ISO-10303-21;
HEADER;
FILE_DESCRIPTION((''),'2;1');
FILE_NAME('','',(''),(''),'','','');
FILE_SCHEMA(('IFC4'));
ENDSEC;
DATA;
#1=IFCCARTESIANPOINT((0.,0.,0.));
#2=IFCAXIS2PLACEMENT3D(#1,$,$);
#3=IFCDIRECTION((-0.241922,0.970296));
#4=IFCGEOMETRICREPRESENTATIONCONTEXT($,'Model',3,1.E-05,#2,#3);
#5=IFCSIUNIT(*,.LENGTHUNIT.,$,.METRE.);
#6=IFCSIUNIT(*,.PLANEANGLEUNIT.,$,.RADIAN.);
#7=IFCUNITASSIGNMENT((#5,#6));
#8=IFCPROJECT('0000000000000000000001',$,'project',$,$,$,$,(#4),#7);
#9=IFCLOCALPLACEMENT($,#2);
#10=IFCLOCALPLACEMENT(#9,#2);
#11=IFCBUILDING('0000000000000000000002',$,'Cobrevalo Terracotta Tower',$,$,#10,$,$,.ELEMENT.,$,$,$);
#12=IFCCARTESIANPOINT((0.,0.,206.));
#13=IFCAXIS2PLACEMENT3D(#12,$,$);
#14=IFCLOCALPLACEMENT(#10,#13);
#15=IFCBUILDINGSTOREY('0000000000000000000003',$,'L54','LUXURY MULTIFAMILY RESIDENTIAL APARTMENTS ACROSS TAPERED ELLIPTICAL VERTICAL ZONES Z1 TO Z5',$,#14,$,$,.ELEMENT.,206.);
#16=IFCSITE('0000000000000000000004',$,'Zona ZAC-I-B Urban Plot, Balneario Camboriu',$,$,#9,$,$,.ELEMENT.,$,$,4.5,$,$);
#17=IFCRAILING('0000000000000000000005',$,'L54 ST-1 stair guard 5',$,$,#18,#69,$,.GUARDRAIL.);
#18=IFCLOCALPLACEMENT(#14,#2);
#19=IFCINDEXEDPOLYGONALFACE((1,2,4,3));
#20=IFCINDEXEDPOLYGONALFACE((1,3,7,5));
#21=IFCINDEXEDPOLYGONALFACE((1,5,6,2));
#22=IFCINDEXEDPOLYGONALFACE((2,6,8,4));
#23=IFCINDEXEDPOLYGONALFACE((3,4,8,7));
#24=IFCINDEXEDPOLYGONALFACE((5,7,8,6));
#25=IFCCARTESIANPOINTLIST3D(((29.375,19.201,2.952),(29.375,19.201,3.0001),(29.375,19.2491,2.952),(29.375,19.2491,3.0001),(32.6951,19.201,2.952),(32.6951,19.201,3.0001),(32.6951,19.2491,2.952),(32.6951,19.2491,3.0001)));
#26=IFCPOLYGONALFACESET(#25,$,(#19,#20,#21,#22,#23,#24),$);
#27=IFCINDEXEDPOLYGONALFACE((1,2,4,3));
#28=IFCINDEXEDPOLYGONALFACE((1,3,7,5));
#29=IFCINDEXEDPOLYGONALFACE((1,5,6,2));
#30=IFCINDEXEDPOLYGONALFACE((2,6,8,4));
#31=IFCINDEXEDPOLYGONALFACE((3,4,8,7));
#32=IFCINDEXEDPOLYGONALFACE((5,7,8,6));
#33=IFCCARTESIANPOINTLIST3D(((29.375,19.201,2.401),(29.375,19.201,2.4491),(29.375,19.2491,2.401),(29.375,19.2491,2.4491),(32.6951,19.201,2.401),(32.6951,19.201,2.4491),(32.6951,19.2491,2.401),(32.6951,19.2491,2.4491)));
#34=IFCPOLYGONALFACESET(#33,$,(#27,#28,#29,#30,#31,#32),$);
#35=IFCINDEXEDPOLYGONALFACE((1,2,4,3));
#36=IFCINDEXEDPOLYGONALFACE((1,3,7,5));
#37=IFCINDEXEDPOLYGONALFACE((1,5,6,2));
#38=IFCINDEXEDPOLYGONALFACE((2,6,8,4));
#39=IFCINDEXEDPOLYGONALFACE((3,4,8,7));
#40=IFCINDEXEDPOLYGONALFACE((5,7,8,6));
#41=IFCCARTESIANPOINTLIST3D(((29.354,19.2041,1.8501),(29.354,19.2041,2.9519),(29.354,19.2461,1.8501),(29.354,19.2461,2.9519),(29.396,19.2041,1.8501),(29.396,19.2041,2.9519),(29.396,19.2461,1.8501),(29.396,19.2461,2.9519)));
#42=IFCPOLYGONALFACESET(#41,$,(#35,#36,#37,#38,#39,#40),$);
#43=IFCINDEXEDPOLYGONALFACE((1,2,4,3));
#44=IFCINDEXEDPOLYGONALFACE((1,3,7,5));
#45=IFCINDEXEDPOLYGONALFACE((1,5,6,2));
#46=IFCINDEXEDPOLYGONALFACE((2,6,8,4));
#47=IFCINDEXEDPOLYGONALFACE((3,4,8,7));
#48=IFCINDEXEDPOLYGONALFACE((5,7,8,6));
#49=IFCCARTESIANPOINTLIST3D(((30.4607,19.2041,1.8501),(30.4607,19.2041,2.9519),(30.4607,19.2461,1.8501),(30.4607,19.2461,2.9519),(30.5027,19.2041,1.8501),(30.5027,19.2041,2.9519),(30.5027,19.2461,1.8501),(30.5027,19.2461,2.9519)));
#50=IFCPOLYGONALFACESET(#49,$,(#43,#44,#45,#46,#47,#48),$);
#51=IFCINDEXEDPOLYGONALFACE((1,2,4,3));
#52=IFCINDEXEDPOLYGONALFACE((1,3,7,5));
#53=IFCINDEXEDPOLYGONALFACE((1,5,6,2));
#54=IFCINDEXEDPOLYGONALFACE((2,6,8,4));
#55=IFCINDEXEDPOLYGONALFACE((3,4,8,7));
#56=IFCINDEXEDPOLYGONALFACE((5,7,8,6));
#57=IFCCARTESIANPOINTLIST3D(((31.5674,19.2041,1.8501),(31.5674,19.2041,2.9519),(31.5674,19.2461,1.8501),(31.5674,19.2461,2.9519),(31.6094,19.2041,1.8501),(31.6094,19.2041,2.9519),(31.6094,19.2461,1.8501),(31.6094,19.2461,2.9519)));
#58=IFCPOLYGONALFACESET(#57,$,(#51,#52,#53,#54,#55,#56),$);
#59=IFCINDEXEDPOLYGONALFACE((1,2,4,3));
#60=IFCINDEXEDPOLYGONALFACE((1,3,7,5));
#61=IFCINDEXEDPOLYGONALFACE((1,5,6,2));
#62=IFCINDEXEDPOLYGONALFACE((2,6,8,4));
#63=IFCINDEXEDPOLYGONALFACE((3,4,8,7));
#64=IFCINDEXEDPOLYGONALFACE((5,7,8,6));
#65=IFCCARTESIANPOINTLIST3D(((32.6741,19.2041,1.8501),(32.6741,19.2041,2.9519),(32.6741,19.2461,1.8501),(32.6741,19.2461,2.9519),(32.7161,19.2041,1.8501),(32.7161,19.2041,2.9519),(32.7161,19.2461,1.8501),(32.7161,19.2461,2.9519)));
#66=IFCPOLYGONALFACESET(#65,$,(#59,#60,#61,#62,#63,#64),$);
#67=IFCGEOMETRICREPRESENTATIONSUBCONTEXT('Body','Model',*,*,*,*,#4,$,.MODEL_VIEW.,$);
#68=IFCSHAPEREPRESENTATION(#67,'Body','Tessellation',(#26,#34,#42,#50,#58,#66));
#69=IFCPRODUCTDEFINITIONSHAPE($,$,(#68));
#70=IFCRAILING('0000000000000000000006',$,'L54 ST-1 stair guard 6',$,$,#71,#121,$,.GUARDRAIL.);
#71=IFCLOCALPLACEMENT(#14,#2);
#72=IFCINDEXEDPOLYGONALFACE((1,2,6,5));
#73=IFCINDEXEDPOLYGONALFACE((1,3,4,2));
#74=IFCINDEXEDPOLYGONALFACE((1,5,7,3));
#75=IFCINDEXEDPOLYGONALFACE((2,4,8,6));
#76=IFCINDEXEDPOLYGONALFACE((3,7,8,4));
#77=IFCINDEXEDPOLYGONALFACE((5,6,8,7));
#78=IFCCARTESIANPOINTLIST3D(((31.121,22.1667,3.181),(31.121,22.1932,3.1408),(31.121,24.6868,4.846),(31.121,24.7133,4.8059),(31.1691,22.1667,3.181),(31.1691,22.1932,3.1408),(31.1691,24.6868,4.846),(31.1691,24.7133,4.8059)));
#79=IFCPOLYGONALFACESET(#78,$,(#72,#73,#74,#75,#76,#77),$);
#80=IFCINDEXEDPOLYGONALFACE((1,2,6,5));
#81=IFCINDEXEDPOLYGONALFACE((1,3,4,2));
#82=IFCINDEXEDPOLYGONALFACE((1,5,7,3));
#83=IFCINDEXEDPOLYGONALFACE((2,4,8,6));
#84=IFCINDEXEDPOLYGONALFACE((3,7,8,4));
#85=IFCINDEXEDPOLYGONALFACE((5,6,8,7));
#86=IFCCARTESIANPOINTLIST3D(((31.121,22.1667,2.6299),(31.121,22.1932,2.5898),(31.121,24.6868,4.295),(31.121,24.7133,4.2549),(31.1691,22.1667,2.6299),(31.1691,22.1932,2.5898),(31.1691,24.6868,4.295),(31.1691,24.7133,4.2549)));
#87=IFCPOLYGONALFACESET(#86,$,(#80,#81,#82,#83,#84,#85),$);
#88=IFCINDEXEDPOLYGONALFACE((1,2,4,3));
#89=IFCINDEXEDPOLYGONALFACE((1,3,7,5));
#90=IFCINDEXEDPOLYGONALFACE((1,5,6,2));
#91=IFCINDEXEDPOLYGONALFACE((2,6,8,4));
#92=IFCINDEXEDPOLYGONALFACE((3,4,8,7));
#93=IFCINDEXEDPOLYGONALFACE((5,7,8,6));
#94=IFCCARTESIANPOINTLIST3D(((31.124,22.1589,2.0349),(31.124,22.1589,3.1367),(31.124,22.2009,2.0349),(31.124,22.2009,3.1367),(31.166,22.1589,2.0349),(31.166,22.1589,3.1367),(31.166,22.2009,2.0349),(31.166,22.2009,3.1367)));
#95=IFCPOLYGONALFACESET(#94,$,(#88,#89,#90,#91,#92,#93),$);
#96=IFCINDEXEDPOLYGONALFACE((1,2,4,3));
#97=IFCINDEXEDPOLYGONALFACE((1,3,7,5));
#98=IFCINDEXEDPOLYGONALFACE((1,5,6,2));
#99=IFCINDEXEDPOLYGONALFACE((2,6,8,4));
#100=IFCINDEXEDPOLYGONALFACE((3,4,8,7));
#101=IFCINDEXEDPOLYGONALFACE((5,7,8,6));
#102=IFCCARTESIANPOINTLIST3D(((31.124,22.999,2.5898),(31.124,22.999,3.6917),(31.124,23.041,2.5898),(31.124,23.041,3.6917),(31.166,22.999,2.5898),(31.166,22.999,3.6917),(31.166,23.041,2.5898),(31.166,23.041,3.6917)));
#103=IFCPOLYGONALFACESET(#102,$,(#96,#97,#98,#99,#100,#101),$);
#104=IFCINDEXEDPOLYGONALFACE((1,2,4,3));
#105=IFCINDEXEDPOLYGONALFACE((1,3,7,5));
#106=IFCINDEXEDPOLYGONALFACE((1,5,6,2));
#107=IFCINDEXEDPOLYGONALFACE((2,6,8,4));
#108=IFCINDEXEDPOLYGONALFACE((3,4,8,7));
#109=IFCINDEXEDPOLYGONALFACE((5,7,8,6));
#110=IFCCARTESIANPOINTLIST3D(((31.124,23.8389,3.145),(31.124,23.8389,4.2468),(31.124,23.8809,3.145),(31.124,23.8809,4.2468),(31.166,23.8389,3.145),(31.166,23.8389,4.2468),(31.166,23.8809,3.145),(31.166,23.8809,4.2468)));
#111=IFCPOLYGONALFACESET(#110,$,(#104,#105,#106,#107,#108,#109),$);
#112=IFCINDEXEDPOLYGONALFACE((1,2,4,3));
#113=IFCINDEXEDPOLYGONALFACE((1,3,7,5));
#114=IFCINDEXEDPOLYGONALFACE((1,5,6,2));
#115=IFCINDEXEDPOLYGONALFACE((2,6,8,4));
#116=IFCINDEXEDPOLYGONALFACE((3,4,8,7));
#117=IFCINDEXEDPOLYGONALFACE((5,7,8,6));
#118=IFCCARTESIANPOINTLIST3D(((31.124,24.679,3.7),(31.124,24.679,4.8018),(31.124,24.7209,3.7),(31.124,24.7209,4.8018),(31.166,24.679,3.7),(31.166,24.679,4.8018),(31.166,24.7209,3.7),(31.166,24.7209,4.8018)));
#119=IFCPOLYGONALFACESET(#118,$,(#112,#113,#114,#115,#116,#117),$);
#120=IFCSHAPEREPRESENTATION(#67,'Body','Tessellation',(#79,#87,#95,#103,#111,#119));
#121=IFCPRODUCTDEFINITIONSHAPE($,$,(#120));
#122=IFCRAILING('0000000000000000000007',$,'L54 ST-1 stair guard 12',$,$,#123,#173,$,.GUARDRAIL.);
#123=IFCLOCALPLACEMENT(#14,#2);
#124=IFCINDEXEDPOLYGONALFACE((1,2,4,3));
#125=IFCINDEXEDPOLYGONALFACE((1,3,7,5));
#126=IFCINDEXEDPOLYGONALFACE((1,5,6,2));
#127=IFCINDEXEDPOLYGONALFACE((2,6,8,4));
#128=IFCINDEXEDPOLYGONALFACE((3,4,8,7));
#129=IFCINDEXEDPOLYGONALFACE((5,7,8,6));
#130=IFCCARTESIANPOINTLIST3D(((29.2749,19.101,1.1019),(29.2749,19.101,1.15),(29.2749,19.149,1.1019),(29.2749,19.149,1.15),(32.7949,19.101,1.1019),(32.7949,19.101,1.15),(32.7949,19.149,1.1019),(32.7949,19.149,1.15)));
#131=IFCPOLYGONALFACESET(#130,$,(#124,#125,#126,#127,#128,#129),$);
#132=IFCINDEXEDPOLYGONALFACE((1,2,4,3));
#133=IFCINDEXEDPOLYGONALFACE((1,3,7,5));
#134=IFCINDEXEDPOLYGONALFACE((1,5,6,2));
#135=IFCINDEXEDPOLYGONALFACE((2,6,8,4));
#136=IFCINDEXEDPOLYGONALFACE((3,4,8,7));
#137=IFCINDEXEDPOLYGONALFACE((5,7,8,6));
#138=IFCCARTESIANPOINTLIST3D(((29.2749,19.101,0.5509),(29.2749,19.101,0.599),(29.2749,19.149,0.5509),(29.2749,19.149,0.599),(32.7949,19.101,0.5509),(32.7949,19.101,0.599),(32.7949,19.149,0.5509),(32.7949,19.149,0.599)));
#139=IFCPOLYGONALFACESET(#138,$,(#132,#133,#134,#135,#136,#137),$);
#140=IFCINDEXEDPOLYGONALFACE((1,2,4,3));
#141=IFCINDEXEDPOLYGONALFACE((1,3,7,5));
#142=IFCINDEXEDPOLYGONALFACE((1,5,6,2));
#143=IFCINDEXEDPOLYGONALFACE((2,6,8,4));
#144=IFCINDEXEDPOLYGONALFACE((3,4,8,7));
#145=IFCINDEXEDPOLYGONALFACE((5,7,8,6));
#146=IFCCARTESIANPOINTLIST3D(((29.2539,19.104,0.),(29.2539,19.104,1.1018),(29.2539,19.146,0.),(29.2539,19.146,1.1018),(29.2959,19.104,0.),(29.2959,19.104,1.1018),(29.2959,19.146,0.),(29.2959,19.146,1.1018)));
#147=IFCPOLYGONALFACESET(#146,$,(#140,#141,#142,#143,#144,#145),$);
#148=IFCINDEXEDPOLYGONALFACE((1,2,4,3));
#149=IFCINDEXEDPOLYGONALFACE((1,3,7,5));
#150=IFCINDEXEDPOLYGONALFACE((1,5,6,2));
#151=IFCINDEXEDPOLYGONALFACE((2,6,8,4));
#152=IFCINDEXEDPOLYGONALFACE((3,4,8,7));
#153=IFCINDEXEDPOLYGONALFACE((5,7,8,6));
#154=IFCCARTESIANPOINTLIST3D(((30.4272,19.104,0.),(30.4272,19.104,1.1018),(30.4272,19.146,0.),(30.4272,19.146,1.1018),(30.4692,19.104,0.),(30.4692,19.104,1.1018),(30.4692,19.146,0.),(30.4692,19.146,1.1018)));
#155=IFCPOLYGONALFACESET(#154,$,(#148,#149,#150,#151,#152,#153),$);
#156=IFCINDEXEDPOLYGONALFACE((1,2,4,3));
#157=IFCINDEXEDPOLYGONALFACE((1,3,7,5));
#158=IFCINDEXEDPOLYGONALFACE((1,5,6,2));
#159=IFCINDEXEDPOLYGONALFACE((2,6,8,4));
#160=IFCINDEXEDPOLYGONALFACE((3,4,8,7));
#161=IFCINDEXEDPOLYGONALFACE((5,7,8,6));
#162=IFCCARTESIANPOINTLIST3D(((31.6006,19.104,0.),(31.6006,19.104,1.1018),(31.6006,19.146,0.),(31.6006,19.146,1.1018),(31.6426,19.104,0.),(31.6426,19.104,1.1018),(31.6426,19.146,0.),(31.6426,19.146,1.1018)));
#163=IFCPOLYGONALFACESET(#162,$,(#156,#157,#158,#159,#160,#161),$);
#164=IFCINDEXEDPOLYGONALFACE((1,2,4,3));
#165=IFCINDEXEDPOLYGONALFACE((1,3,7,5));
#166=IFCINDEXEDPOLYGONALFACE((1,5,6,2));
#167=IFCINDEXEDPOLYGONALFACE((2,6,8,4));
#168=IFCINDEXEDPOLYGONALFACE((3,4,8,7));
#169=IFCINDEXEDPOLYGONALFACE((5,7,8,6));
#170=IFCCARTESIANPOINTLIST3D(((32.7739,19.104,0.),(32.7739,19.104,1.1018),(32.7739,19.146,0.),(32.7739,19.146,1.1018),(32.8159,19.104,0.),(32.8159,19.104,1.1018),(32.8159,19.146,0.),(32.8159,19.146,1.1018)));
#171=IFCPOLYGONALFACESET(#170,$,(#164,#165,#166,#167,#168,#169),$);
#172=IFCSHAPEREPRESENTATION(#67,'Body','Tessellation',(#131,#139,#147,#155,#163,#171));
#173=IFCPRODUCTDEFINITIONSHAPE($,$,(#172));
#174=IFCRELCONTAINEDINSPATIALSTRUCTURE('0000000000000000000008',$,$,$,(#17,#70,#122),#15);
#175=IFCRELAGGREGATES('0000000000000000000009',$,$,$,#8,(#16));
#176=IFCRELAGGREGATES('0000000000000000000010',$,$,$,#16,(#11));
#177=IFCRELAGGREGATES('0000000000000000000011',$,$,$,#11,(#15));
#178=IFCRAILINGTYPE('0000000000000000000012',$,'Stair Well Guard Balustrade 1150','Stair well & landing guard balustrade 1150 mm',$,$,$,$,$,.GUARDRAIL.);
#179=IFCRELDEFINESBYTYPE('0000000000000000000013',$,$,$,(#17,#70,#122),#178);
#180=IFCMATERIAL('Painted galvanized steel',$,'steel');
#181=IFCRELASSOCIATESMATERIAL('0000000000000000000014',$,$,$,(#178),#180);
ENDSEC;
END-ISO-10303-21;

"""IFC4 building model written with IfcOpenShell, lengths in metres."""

from ifc_helpers import new_model, si_unit, direction, frame, origin, origin_2d, place, context, subcontext, project, spatial, rectangle, extrude, material, type_object, element, save


model = new_model("IFC4")

# Units and contexts
model_context = context("Model", 3, precision=1e-05, world=origin(), true_north=direction((-0.241922, 0.970296)))
body_context = subcontext(model_context, "Body", "Model", "MODEL_VIEW")
ifc_project = project(units=[si_unit("LENGTHUNIT", "METRE"), si_unit("PLANEANGLEUNIT", "RADIAN")], contexts=[model_context])

# Site, building, storey
site_placement = place(None, origin())
site = spatial("IfcSite", under=ifc_project, at=site_placement, Name="Zona ZAC-I-B Urban Plot, Balneario Camboriu", CompositionType="ELEMENT", RefElevation=4.5)
building_placement = place(site_placement, origin())
building = spatial("IfcBuilding", under=site, at=building_placement, Name="Cobrevalo Terracotta Tower", CompositionType="ELEMENT")
storey_placement = place(building_placement, frame((0.0, 0.0, 206.0)))
storey = spatial("IfcBuildingStorey", under=building, at=storey_placement, Name="L54", Description="LUXURY MULTIFAMILY RESIDENTIAL APARTMENTS ACROSS TAPERED ELLIPTICAL VERTICAL ZONES Z1 TO Z5", CompositionType="ELEMENT", Elevation=206.0)

# Railings
ifc_material_1 = material(Name="Painted galvanized steel", Category="steel")
railing_type_1 = type_object("IfcRailingType", Name="Stair Well Guard Balustrade 1150", Description="Stair well & landing guard balustrade 1150 mm", PredefinedType="GUARDRAIL", material=ifc_material_1)
railing_1_placement = place(storey_placement, frame((29.375, 19.2251, 1.8501)))
element("IfcRailing", 1, at=railing_1_placement, inside=storey, type_object=railing_type_1, Name="L54 ST-1 stair guard 5", PredefinedType="GUARDRAIL", context=body_context, shape_type="SweptSolid", body=[
    extrude(rectangle(XDim=0.0481, YDim=0.0481, at=origin_2d()), frame((0.0, 0.0, 1.126), z_axis=(1.0, 0.0, 0.0), x_axis=(0.0, 1.0, 0.0)), (0.0, 0.0, 1.0), 3.3201),
    extrude(rectangle(XDim=0.0481, YDim=0.0481, at=origin_2d()), frame((0.0, 0.0, 0.575), z_axis=(1.0, 0.0, 0.0), x_axis=(0.0, 1.0, 0.0)), (0.0, 0.0, 1.0), 3.3201),
    extrude(rectangle(XDim=0.042, YDim=0.042, at=origin_2d()), origin(), (0.0, 0.0, 1.0), 1.1018),
    extrude(rectangle(XDim=0.042, YDim=0.042, at=origin_2d()), frame((1.1067, 0.0, 0.0)), (0.0, 0.0, 1.0), 1.1018),
    extrude(rectangle(XDim=0.042, YDim=0.042, at=origin_2d()), frame((2.2134, 0.0, 0.0)), (0.0, 0.0, 1.0), 1.1018),
    extrude(rectangle(XDim=0.042, YDim=0.042, at=origin_2d()), frame((3.3201, 0.0, 0.0)), (0.0, 0.0, 1.0), 1.1018),
])
railing_2_placement = place(storey_placement, frame((31.145, 22.1799, 2.0349)))
element("IfcRailing", 2, at=railing_2_placement, inside=storey, type_object=railing_type_1, Name="L54 ST-1 stair guard 6", PredefinedType="GUARDRAIL", context=body_context, shape_type="SweptSolid", body=[
    extrude(rectangle(XDim=0.0481, YDim=0.0481, at=origin_2d()), frame((0.0, 0.0, 1.126), z_axis=(0.0, 0.834331, 0.551263), x_axis=(-1.0, 0.0, 0.0)), (0.0, 0.0, 1.0), 3.0205),
    extrude(rectangle(XDim=0.0481, YDim=0.0481, at=origin_2d()), frame((0.0, 0.0, 0.575), z_axis=(0.0, 0.834331, 0.551263), x_axis=(-1.0, 0.0, 0.0)), (0.0, 0.0, 1.0), 3.0205),
    extrude(rectangle(XDim=0.042, YDim=0.042, at=origin_2d()), origin(), (0.0, 0.0, 1.0), 1.1018),
    extrude(rectangle(XDim=0.042, YDim=0.042, at=origin_2d()), frame((0.0, 0.8401, 0.5549)), (0.0, 0.0, 1.0), 1.1018),
    extrude(rectangle(XDim=0.042, YDim=0.042, at=origin_2d()), frame((0.0, 1.6799, 1.1101)), (0.0, 0.0, 1.0), 1.1018),
    extrude(rectangle(XDim=0.042, YDim=0.042, at=origin_2d()), frame((0.0, 2.52, 1.665)), (0.0, 0.0, 1.0), 1.1018),
])
railing_3_placement = place(storey_placement, frame((29.2749, 19.125, 0.0)))
element("IfcRailing", 3, at=railing_3_placement, inside=storey, type_object=railing_type_1, Name="L54 ST-1 stair guard 12", PredefinedType="GUARDRAIL", context=body_context, shape_type="SweptSolid", body=[
    extrude(rectangle(XDim=0.0481, YDim=0.0481, at=origin_2d()), frame((0.0, 0.0, 1.126), z_axis=(1.0, 0.0, 0.0), x_axis=(0.0, 1.0, 0.0)), (0.0, 0.0, 1.0), 3.52),
    extrude(rectangle(XDim=0.0481, YDim=0.0481, at=origin_2d()), frame((0.0, 0.0, 0.575), z_axis=(1.0, 0.0, 0.0), x_axis=(0.0, 1.0, 0.0)), (0.0, 0.0, 1.0), 3.52),
    extrude(rectangle(XDim=0.042, YDim=0.042, at=origin_2d()), origin(), (0.0, 0.0, 1.0), 1.1018),
    extrude(rectangle(XDim=0.042, YDim=0.042, at=origin_2d()), frame((1.1733, 0.0, 0.0)), (0.0, 0.0, 1.0), 1.1018),
    extrude(rectangle(XDim=0.042, YDim=0.042, at=origin_2d()), frame((2.3467, 0.0, 0.0)), (0.0, 0.0, 1.0), 1.1018),
    extrude(rectangle(XDim=0.042, YDim=0.042, at=origin_2d()), frame((3.52, 0.0, 0.0)), (0.0, 0.0, 1.0), 1.1018),
])

save(model, "model.ifc")
